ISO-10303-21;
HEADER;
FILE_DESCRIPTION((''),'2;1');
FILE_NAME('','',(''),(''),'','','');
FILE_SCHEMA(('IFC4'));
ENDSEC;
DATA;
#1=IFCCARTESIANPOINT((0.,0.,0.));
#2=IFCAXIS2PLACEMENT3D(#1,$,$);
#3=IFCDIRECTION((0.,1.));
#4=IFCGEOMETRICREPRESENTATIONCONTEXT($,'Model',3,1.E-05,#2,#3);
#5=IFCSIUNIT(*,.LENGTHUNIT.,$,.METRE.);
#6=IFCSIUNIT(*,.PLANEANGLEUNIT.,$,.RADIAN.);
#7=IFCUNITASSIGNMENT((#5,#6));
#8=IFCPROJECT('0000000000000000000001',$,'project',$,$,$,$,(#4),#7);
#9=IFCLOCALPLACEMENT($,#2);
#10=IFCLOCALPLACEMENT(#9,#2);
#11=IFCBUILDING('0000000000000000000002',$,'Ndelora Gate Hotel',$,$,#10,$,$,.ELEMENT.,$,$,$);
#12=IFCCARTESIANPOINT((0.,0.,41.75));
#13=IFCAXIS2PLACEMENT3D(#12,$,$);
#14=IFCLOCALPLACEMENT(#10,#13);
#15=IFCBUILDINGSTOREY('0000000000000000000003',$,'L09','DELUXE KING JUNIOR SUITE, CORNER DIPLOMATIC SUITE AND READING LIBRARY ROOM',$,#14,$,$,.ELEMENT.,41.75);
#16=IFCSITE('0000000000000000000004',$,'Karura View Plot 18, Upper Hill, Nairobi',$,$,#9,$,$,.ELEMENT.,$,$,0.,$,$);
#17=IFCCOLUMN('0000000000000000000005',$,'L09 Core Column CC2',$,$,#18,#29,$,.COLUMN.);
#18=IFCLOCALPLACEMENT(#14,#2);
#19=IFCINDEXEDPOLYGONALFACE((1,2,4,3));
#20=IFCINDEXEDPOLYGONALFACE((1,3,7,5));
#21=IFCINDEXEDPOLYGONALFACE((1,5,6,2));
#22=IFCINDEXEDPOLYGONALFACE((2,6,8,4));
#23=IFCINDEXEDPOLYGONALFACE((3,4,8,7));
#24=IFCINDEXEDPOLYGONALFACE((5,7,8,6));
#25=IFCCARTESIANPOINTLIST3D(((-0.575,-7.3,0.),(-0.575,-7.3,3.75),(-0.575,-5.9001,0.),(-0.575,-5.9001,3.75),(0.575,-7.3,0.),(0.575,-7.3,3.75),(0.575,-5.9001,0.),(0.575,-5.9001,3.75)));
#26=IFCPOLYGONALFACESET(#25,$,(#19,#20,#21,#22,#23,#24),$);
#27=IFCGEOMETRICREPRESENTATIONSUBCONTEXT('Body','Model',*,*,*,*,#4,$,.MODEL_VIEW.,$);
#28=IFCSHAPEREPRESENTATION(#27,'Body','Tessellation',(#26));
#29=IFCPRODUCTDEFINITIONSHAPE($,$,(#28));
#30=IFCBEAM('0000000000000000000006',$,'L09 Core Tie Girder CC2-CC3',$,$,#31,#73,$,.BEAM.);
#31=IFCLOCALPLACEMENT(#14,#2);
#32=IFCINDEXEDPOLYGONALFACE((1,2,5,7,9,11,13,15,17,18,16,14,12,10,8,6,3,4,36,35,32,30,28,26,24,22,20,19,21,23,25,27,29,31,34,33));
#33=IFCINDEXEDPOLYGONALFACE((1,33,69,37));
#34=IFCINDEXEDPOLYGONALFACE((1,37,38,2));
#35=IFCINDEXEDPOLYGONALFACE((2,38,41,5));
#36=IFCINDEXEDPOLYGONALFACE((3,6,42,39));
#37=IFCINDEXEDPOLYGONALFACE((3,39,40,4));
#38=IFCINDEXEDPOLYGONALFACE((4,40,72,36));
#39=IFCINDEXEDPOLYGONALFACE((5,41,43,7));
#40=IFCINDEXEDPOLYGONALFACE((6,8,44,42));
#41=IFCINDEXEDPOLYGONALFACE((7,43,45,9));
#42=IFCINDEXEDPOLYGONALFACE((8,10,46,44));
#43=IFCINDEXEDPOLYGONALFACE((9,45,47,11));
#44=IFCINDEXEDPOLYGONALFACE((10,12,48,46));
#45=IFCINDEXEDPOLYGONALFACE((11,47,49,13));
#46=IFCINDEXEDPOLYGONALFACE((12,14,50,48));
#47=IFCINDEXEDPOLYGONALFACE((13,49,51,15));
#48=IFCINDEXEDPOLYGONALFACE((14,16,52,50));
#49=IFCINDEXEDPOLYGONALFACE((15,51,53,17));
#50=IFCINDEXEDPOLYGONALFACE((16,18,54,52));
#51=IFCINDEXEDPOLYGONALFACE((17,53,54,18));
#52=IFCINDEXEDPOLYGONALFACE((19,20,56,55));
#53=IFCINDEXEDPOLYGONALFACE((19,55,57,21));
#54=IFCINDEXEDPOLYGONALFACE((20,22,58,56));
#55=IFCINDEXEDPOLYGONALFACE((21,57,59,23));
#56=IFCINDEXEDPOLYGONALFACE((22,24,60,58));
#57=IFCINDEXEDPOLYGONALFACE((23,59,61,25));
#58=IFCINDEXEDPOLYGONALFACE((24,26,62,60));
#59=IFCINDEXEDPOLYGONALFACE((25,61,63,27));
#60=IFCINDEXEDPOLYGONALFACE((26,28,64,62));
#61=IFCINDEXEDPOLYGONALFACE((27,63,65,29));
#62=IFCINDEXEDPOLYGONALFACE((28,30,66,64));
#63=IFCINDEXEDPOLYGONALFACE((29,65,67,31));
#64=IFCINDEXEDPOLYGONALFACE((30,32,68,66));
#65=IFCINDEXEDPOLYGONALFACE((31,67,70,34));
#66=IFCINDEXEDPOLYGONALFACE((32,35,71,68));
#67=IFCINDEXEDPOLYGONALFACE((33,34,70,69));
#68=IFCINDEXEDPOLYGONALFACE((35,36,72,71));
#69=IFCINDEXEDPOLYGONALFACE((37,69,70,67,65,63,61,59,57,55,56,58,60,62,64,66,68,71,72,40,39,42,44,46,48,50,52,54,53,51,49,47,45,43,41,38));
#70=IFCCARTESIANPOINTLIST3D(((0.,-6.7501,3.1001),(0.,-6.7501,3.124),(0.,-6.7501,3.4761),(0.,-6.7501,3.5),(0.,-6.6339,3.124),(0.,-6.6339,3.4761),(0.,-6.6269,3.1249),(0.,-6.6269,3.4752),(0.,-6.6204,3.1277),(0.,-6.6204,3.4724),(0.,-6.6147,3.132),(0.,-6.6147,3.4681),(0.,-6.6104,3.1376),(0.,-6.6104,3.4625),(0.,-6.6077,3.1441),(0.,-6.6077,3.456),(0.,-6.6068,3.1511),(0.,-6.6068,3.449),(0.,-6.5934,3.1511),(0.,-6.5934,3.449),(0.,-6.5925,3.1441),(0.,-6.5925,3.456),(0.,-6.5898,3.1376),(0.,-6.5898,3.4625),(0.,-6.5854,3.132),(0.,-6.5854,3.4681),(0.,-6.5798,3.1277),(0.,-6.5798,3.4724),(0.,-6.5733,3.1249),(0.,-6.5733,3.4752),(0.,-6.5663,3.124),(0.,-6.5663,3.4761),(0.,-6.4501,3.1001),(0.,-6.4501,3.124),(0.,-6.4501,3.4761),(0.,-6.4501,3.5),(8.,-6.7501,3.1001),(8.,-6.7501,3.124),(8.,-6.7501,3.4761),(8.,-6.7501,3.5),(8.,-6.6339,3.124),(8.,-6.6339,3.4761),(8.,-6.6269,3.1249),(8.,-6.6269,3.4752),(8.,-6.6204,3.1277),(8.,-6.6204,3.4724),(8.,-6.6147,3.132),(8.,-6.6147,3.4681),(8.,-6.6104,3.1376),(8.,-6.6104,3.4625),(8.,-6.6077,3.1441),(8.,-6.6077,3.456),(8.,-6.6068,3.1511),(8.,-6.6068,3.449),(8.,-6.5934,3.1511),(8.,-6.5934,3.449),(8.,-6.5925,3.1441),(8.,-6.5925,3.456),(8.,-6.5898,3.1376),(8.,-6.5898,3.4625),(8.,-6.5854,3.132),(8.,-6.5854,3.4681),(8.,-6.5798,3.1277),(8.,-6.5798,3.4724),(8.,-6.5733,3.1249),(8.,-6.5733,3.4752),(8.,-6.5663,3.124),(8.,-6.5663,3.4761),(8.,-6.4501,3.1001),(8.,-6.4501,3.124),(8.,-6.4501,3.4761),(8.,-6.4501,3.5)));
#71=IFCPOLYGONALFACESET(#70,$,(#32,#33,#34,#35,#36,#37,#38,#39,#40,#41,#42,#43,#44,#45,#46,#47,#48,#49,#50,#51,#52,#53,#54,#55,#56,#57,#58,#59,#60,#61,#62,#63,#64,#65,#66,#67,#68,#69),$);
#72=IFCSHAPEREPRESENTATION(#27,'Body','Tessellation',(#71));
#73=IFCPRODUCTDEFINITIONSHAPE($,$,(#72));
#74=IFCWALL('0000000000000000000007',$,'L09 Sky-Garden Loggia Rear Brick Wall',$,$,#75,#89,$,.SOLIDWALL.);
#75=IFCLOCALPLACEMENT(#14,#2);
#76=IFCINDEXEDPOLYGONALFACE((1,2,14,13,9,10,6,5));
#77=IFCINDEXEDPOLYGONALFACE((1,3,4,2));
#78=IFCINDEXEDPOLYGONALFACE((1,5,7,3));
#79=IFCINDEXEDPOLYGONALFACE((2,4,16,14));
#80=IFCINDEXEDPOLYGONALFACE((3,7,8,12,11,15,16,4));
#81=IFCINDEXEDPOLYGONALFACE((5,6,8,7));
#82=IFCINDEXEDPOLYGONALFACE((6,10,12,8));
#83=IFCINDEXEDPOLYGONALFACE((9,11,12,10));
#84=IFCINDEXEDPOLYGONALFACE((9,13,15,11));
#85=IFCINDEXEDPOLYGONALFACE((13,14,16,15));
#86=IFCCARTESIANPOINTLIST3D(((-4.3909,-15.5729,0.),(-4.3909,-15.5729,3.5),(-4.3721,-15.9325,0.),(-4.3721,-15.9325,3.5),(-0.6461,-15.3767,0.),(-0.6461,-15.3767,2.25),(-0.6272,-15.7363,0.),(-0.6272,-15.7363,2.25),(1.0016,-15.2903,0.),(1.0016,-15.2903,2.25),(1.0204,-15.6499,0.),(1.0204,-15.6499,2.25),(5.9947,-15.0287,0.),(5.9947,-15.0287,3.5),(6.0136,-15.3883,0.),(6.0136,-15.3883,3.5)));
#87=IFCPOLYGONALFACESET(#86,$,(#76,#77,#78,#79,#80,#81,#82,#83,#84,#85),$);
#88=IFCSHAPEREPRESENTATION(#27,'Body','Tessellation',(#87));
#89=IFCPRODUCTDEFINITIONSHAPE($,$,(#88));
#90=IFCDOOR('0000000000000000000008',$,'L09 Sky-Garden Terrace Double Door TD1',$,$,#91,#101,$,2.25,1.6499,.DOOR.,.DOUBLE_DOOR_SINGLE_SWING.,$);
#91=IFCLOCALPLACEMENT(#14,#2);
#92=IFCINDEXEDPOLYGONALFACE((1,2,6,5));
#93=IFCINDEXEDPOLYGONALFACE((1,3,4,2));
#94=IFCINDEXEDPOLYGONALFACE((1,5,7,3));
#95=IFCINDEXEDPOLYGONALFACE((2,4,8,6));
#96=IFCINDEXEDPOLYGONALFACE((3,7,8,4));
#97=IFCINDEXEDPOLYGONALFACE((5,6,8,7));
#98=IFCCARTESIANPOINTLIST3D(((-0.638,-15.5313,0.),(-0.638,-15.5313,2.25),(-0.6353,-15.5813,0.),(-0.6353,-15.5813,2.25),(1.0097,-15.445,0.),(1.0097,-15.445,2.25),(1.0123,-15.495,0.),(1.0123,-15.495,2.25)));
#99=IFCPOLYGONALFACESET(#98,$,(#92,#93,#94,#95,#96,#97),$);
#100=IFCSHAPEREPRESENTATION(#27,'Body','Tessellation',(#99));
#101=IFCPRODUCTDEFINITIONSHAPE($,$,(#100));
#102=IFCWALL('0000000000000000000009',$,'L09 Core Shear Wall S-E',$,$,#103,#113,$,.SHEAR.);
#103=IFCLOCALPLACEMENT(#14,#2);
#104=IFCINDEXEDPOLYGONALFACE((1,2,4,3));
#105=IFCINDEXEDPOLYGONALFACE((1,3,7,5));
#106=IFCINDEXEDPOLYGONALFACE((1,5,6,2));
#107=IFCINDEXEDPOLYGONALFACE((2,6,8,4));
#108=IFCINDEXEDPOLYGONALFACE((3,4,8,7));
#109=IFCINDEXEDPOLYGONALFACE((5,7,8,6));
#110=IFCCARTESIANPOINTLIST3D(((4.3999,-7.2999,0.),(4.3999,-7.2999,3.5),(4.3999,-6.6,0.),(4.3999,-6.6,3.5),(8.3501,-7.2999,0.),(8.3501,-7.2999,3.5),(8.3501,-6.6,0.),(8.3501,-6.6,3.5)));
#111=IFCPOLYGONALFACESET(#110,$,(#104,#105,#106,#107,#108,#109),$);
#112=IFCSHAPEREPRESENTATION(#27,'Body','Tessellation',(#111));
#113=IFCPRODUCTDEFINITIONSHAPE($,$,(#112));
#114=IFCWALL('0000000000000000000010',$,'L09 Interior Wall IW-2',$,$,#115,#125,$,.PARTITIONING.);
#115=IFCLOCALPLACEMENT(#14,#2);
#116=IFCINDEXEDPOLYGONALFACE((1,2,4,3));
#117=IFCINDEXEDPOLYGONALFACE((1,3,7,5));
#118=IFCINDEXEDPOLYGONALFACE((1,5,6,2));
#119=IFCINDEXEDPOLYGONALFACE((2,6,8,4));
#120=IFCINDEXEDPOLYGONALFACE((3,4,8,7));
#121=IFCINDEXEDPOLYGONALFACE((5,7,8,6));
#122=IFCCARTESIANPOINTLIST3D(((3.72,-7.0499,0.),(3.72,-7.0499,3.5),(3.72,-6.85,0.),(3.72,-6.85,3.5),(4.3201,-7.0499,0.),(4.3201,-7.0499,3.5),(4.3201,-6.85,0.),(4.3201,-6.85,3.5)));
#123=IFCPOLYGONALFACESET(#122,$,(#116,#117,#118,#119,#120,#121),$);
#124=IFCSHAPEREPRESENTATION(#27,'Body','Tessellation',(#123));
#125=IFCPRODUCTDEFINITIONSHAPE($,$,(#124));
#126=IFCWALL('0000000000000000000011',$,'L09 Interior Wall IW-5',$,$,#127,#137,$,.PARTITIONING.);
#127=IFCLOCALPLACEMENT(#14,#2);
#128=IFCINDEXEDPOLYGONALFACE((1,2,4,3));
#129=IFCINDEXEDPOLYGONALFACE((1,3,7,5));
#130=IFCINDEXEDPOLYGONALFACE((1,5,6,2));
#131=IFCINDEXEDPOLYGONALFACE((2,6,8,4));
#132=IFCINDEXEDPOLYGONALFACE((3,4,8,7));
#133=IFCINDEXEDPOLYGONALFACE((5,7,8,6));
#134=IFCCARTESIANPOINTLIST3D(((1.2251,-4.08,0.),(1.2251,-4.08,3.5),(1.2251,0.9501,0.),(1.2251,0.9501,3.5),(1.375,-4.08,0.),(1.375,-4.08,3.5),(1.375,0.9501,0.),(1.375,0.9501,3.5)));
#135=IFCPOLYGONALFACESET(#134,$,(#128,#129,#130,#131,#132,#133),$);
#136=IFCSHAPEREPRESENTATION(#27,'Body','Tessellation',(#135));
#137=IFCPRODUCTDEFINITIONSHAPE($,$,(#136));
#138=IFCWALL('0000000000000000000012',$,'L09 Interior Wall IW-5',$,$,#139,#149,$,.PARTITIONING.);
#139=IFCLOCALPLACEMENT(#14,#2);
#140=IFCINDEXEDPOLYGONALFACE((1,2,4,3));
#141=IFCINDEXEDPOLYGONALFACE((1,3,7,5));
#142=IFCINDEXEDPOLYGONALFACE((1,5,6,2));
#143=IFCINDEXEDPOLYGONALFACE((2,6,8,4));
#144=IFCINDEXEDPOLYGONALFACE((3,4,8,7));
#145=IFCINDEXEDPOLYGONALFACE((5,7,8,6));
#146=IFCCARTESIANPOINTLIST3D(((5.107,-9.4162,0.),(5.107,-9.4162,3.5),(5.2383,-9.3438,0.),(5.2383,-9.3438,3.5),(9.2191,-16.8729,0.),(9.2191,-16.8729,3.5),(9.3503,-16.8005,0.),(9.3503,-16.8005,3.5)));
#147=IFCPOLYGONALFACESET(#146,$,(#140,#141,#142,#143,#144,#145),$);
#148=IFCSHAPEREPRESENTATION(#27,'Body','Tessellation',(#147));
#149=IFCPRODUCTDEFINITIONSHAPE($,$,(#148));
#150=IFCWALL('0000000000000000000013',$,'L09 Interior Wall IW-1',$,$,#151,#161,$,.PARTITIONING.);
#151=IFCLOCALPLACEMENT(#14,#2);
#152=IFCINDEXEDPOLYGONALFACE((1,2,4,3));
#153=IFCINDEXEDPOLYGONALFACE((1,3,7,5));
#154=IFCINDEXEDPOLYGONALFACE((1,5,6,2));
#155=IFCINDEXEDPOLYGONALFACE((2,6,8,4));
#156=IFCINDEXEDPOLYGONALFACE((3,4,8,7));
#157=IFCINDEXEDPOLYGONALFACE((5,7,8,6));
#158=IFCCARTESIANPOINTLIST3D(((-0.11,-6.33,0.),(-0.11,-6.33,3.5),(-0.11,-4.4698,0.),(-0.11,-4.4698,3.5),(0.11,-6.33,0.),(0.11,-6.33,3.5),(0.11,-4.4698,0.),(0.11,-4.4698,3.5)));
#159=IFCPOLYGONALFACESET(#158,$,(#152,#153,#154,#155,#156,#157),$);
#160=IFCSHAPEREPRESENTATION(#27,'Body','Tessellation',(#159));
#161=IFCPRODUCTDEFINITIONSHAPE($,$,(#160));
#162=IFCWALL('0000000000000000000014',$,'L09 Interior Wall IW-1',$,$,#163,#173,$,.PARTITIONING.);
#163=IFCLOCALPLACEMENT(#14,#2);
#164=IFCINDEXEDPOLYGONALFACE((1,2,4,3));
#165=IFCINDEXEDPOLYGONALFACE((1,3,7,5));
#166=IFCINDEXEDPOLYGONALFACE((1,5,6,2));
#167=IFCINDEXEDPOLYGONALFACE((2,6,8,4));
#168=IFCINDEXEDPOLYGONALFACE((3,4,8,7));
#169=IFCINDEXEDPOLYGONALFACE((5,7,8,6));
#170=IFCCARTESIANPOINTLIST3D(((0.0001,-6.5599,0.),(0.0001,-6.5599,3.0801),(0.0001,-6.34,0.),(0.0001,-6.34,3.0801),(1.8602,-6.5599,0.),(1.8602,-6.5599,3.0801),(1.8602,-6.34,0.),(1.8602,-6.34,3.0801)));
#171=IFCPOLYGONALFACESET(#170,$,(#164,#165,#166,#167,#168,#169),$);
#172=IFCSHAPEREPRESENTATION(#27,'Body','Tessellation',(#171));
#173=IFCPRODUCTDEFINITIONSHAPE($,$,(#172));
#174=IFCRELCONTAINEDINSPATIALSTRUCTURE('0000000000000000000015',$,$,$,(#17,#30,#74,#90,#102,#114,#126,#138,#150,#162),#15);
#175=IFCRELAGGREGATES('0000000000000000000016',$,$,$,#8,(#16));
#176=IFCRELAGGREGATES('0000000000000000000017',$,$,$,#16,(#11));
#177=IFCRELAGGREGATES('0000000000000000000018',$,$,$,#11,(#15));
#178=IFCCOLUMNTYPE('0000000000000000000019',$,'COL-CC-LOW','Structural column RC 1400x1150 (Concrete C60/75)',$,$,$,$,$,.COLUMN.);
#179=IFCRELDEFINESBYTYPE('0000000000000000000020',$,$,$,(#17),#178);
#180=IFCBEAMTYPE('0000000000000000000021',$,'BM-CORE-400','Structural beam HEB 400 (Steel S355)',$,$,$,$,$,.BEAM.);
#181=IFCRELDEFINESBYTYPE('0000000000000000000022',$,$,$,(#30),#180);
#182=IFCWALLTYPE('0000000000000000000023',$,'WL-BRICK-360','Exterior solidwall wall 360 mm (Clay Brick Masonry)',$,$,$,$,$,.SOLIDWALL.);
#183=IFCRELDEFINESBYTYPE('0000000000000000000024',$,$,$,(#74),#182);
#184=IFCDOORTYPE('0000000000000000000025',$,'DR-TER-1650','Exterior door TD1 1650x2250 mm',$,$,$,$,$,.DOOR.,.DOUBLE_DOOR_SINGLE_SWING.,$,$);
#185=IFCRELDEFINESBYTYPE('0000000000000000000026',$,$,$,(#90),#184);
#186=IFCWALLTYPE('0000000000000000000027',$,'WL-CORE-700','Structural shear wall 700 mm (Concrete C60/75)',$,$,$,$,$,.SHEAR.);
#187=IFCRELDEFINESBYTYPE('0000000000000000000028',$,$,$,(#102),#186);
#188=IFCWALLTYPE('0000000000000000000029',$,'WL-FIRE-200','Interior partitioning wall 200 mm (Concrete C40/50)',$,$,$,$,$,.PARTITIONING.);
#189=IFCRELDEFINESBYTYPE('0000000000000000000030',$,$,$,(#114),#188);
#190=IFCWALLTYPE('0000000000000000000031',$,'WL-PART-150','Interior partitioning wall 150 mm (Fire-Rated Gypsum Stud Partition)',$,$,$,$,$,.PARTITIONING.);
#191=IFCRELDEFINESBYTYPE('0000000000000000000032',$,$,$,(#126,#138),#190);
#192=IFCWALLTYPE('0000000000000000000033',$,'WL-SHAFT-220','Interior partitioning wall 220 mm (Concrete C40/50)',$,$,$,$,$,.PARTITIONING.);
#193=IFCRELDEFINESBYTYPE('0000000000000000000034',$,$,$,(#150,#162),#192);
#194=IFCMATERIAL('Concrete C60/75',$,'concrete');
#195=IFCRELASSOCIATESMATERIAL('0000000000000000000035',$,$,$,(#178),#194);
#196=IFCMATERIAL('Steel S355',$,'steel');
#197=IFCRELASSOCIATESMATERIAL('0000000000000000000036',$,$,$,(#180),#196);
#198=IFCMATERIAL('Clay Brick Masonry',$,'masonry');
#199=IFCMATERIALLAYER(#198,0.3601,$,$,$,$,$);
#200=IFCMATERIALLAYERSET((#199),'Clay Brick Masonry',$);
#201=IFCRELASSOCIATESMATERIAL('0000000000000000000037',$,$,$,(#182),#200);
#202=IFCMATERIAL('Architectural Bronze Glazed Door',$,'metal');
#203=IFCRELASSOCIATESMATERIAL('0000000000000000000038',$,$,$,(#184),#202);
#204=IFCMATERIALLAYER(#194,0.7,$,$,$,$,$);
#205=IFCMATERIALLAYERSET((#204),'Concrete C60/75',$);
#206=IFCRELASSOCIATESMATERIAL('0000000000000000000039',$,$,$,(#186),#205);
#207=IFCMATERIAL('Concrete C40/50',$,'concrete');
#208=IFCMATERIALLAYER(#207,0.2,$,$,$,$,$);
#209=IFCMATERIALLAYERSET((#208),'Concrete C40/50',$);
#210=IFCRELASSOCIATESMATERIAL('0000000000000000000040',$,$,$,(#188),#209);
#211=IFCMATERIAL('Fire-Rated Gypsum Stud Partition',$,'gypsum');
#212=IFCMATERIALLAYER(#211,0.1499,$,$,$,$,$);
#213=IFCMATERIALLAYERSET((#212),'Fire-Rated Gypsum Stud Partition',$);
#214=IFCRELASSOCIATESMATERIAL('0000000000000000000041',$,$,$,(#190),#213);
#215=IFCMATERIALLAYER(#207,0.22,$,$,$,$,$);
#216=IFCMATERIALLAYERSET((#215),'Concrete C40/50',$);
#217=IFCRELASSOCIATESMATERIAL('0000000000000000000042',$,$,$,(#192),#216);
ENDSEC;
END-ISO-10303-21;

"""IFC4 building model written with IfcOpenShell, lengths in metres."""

from ifc_helpers import new_model, si_unit, direction, frame, frame_2d, origin, origin_2d, place, context, subcontext, project, spatial, rectangle, i_section, extrude, material, layer, layer_set, material_profile, profile_set, type_object, element, fill, save


model = new_model("IFC4")

# Units and contexts
model_context = context("Model", 3, precision=1e-05, world=origin(), true_north=direction((0.0, 1.0)))
body_context = subcontext(model_context, "Body", "Model", "MODEL_VIEW")
ifc_project = project(units=[si_unit("LENGTHUNIT", "METRE"), si_unit("PLANEANGLEUNIT", "RADIAN")], contexts=[model_context])

# Site, building, storey
site_placement = place(None, origin())
site = spatial("IfcSite", under=ifc_project, at=site_placement, Name="Karura View Plot 18, Upper Hill, Nairobi", CompositionType="ELEMENT", RefElevation=0.0)
building_placement = place(site_placement, origin())
building = spatial("IfcBuilding", under=site, at=building_placement, Name="Ndelora Gate Hotel", CompositionType="ELEMENT")
storey_placement = place(building_placement, frame((0.0, 0.0, 41.75)))
storey = spatial("IfcBuildingStorey", under=building, at=storey_placement, Name="L09", Description="DELUXE KING JUNIOR SUITE, CORNER DIPLOMATIC SUITE AND READING LIBRARY ROOM", CompositionType="ELEMENT", Elevation=41.75)

# Column
ifc_material_1 = material(Name="Concrete C60/75", Category="concrete")
ifc_material_profile_1 = material_profile(ifc_material_1, rectangle(XDim=1.1499, YDim=1.3999, at=origin_2d()), Name="RC 1400x1150")
ifc_profile_set_1 = profile_set([ifc_material_profile_1], Name="Concrete C60/75")
column_type = type_object("IfcColumnType", Name="COL-CC-LOW", Description="Structural column RC 1400x1150 (Concrete C60/75)", PredefinedType="COLUMN", material=ifc_profile_set_1)
column_placement = place(storey_placement, frame((0.0, -6.6001, 0.0), z_axis=(0.0, 0.0, 1.0), x_axis=(1.0, 0.0, 0.0)))
element("IfcColumn", 1, at=column_placement, inside=storey, type_object=column_type, Name="L09 Core Column CC2", PredefinedType="COLUMN", context=body_context, shape_type="SweptSolid", body=[
    extrude(rectangle(XDim=1.1499, YDim=1.3999, at=origin_2d()), origin(), (0.0, 0.0, 1.0), 3.75),
])

# Beam
ifc_material_2 = material(Name="Steel S355", Category="steel")
ifc_material_profile_2 = material_profile(ifc_material_2, i_section(OverallWidth=0.3, OverallDepth=0.3999, WebThickness=0.0134, FlangeThickness=0.0239, FilletRadius=0.0271, at=origin_2d()), Name="HEB 400")
ifc_profile_set_2 = profile_set([ifc_material_profile_2], Name="Steel S355")
beam_type = type_object("IfcBeamType", Name="BM-CORE-400", Description="Structural beam HEB 400 (Steel S355)", PredefinedType="BEAM", material=ifc_profile_set_2)
beam_placement = place(storey_placement, frame((0.0, -6.6001, 3.3), z_axis=(1.0, 0.0, 0.0), x_axis=(0.0, 1.0, 0.0)))
element("IfcBeam", 2, at=beam_placement, inside=storey, type_object=beam_type, Name="L09 Core Tie Girder CC2-CC3", PredefinedType="BEAM", context=body_context, shape_type="SweptSolid", body=[
    extrude(i_section(OverallWidth=0.3, OverallDepth=0.3999, WebThickness=0.0134, FlangeThickness=0.0239, FilletRadius=0.0271, at=origin_2d()), origin(), (0.0, 0.0, 1.0), 8.0),
])

# Wall, opening, door
ifc_material_3 = material(Name="Clay Brick Masonry", Category="masonry")
ifc_layer_1 = layer(ifc_material_3, 0.3601)
ifc_layer_set_1 = layer_set([ifc_layer_1], Name="Clay Brick Masonry")
wall_type_1 = type_object("IfcWallType", Name="WL-BRICK-360", Description="Exterior solidwall wall 360 mm (Clay Brick Masonry)", PredefinedType="SOLIDWALL", material=ifc_layer_set_1)
wall_1_placement = place(storey_placement, frame((6.0042, -15.2085, 0.0), z_axis=(0.0, 0.0, 1.0), x_axis=(-0.99863, -0.052326, 0.0)))
wall_1 = element("IfcWall", 3, at=wall_1_placement, inside=storey, type_object=wall_type_1, Name="L09 Sky-Garden Loggia Rear Brick Wall", PredefinedType="SOLIDWALL", context=body_context, shape_type="SweptSolid", body=[
    extrude(rectangle(XDim=10.3999, YDim=0.3601, at=frame_2d((5.2, 0.0))), origin(), (0.0, 0.0, 1.0), 3.5),
])
opening_placement = place(wall_1_placement, frame((5.0, 0.0, 0.0)))
opening = element("IfcOpeningElement", 4, at=opening_placement, cuts=wall_1, PredefinedType="OPENING", context=body_context, shape_type="SweptSolid", body=[
    extrude(rectangle(XDim=1.6499, YDim=2.25, at=frame_2d((0.825, 1.125))), frame((0.0, 0.1899, 0.0), z_axis=(0.0, -1.0, 0.0), x_axis=(1.0, 0.0, 0.0)), (0.0, 0.0, 1.0), 0.3801),
])
ifc_material_4 = material(Name="Architectural Bronze Glazed Door", Category="metal")
door_type = type_object("IfcDoorType", Name="DR-TER-1650", Description="Exterior door TD1 1650x2250 mm", OperationType="DOUBLE_DOOR_SINGLE_SWING", PredefinedType="DOOR", material=ifc_material_4)
door_placement = place(opening_placement, origin())
door = element("IfcDoor", 5, at=door_placement, inside=storey, type_object=door_type, Name="L09 Sky-Garden Terrace Double Door TD1", OperationType="DOUBLE_DOOR_SINGLE_SWING", OverallHeight=2.25, OverallWidth=1.6499, PredefinedType="DOOR", context=body_context, shape_type="SweptSolid", body=[
    extrude(rectangle(XDim=1.6499, YDim=2.25, at=frame_2d((0.825, 1.125))), frame((0.0, 0.0249, 0.0), z_axis=(0.0, -1.0, 0.0), x_axis=(1.0, 0.0, 0.0)), (0.0, 0.0, 1.0), 0.05),
])
fill(opening, door)

# Walls
ifc_layer_2 = layer(ifc_material_1, 0.7)
ifc_layer_set_2 = layer_set([ifc_layer_2], Name="Concrete C60/75")
wall_type_2 = type_object("IfcWallType", Name="WL-CORE-700", Description="Structural shear wall 700 mm (Concrete C60/75)", PredefinedType="SHEAR", material=ifc_layer_set_2)
wall_2_placement = place(storey_placement, frame((4.3999, -6.95, 0.0), z_axis=(0.0, 0.0, 1.0), x_axis=(1.0, 0.0, 0.0)))
element("IfcWall", 6, at=wall_2_placement, inside=storey, type_object=wall_type_2, Name="L09 Core Shear Wall S-E", PredefinedType="SHEAR", context=body_context, shape_type="SweptSolid", body=[
    extrude(rectangle(XDim=3.9502, YDim=0.7, at=frame_2d((1.9751, 0.0))), origin(), (0.0, 0.0, 1.0), 3.5),
])
ifc_material_5 = material(Name="Concrete C40/50", Category="concrete")
ifc_layer_3 = layer(ifc_material_5, 0.2)
ifc_layer_set_3 = layer_set([ifc_layer_3], Name="Concrete C40/50")
wall_type_3 = type_object("IfcWallType", Name="WL-FIRE-200", Description="Interior partitioning wall 200 mm (Concrete C40/50)", PredefinedType="PARTITIONING", material=ifc_layer_set_3)
wall_3_placement = place(storey_placement, frame((3.72, -6.95, 0.0), z_axis=(0.0, 0.0, 1.0), x_axis=(1.0, 0.0, 0.0)))
element("IfcWall", 7, at=wall_3_placement, inside=storey, type_object=wall_type_3, Name="L09 Interior Wall IW-2", PredefinedType="PARTITIONING", context=body_context, shape_type="SweptSolid", body=[
    extrude(rectangle(XDim=0.6001, YDim=0.2, at=frame_2d((0.3, 0.0))), origin(), (0.0, 0.0, 1.0), 3.5),
])
ifc_material_6 = material(Name="Fire-Rated Gypsum Stud Partition", Category="gypsum")
ifc_layer_4 = layer(ifc_material_6, 0.1499)
ifc_layer_set_4 = layer_set([ifc_layer_4], Name="Fire-Rated Gypsum Stud Partition")
wall_type_4 = type_object("IfcWallType", Name="WL-PART-150", Description="Interior partitioning wall 150 mm (Fire-Rated Gypsum Stud Partition)", PredefinedType="PARTITIONING", material=ifc_layer_set_4)
wall_4_placement = place(storey_placement, frame((1.3, -4.0801, 0.0), z_axis=(0.0, 0.0, 1.0), x_axis=(0.0, 1.0, 0.0)))
element("IfcWall", 8, at=wall_4_placement, inside=storey, type_object=wall_type_4, Name="L09 Interior Wall IW-5", PredefinedType="PARTITIONING", context=body_context, shape_type="SweptSolid", body=[
    extrude(rectangle(XDim=5.03, YDim=0.1499, at=frame_2d((2.5151, 0.0))), origin(), (0.0, 0.0, 1.0), 3.5),
])
wall_5_placement = place(storey_placement, frame((5.1726, -9.3799, 0.0), z_axis=(0.0, 0.0, 1.0), x_axis=(0.482895, -0.875678, 0.0)))
element("IfcWall", 9, at=wall_5_placement, inside=storey, type_object=wall_type_4, Name="L09 Interior Wall IW-5", PredefinedType="PARTITIONING", context=body_context, shape_type="SweptSolid", body=[
    extrude(rectangle(XDim=8.5154, YDim=0.1499, at=frame_2d((4.2578, 0.0))), origin(), (0.0, 0.0, 1.0), 3.5),
])
ifc_layer_5 = layer(ifc_material_5, 0.22)
ifc_layer_set_5 = layer_set([ifc_layer_5], Name="Concrete C40/50")
wall_type_5 = type_object("IfcWallType", Name="WL-SHAFT-220", Description="Interior partitioning wall 220 mm (Concrete C40/50)", PredefinedType="PARTITIONING", material=ifc_layer_set_5)
wall_6_placement = place(storey_placement, frame((0.0, -6.3301, 0.0), z_axis=(0.0, 0.0, 1.0), x_axis=(0.0, 1.0, 0.0)))
element("IfcWall", 10, at=wall_6_placement, inside=storey, type_object=wall_type_5, Name="L09 Interior Wall IW-1", PredefinedType="PARTITIONING", context=body_context, shape_type="SweptSolid", body=[
    extrude(rectangle(XDim=1.8601, YDim=0.22, at=frame_2d((0.9302, 0.0))), origin(), (0.0, 0.0, 1.0), 3.5),
])
wall_7_placement = place(storey_placement, frame((0.0, -6.45, 0.0), z_axis=(0.0, 0.0, 1.0), x_axis=(1.0, 0.0, 0.0)))
element("IfcWall", 11, at=wall_7_placement, inside=storey, type_object=wall_type_5, Name="L09 Interior Wall IW-1", PredefinedType="PARTITIONING", context=body_context, shape_type="SweptSolid", body=[
    extrude(rectangle(XDim=1.8601, YDim=0.22, at=frame_2d((0.9302, 0.0))), origin(), (0.0, 0.0, 1.0), 3.0801),
])

save(model, "model.ifc")
